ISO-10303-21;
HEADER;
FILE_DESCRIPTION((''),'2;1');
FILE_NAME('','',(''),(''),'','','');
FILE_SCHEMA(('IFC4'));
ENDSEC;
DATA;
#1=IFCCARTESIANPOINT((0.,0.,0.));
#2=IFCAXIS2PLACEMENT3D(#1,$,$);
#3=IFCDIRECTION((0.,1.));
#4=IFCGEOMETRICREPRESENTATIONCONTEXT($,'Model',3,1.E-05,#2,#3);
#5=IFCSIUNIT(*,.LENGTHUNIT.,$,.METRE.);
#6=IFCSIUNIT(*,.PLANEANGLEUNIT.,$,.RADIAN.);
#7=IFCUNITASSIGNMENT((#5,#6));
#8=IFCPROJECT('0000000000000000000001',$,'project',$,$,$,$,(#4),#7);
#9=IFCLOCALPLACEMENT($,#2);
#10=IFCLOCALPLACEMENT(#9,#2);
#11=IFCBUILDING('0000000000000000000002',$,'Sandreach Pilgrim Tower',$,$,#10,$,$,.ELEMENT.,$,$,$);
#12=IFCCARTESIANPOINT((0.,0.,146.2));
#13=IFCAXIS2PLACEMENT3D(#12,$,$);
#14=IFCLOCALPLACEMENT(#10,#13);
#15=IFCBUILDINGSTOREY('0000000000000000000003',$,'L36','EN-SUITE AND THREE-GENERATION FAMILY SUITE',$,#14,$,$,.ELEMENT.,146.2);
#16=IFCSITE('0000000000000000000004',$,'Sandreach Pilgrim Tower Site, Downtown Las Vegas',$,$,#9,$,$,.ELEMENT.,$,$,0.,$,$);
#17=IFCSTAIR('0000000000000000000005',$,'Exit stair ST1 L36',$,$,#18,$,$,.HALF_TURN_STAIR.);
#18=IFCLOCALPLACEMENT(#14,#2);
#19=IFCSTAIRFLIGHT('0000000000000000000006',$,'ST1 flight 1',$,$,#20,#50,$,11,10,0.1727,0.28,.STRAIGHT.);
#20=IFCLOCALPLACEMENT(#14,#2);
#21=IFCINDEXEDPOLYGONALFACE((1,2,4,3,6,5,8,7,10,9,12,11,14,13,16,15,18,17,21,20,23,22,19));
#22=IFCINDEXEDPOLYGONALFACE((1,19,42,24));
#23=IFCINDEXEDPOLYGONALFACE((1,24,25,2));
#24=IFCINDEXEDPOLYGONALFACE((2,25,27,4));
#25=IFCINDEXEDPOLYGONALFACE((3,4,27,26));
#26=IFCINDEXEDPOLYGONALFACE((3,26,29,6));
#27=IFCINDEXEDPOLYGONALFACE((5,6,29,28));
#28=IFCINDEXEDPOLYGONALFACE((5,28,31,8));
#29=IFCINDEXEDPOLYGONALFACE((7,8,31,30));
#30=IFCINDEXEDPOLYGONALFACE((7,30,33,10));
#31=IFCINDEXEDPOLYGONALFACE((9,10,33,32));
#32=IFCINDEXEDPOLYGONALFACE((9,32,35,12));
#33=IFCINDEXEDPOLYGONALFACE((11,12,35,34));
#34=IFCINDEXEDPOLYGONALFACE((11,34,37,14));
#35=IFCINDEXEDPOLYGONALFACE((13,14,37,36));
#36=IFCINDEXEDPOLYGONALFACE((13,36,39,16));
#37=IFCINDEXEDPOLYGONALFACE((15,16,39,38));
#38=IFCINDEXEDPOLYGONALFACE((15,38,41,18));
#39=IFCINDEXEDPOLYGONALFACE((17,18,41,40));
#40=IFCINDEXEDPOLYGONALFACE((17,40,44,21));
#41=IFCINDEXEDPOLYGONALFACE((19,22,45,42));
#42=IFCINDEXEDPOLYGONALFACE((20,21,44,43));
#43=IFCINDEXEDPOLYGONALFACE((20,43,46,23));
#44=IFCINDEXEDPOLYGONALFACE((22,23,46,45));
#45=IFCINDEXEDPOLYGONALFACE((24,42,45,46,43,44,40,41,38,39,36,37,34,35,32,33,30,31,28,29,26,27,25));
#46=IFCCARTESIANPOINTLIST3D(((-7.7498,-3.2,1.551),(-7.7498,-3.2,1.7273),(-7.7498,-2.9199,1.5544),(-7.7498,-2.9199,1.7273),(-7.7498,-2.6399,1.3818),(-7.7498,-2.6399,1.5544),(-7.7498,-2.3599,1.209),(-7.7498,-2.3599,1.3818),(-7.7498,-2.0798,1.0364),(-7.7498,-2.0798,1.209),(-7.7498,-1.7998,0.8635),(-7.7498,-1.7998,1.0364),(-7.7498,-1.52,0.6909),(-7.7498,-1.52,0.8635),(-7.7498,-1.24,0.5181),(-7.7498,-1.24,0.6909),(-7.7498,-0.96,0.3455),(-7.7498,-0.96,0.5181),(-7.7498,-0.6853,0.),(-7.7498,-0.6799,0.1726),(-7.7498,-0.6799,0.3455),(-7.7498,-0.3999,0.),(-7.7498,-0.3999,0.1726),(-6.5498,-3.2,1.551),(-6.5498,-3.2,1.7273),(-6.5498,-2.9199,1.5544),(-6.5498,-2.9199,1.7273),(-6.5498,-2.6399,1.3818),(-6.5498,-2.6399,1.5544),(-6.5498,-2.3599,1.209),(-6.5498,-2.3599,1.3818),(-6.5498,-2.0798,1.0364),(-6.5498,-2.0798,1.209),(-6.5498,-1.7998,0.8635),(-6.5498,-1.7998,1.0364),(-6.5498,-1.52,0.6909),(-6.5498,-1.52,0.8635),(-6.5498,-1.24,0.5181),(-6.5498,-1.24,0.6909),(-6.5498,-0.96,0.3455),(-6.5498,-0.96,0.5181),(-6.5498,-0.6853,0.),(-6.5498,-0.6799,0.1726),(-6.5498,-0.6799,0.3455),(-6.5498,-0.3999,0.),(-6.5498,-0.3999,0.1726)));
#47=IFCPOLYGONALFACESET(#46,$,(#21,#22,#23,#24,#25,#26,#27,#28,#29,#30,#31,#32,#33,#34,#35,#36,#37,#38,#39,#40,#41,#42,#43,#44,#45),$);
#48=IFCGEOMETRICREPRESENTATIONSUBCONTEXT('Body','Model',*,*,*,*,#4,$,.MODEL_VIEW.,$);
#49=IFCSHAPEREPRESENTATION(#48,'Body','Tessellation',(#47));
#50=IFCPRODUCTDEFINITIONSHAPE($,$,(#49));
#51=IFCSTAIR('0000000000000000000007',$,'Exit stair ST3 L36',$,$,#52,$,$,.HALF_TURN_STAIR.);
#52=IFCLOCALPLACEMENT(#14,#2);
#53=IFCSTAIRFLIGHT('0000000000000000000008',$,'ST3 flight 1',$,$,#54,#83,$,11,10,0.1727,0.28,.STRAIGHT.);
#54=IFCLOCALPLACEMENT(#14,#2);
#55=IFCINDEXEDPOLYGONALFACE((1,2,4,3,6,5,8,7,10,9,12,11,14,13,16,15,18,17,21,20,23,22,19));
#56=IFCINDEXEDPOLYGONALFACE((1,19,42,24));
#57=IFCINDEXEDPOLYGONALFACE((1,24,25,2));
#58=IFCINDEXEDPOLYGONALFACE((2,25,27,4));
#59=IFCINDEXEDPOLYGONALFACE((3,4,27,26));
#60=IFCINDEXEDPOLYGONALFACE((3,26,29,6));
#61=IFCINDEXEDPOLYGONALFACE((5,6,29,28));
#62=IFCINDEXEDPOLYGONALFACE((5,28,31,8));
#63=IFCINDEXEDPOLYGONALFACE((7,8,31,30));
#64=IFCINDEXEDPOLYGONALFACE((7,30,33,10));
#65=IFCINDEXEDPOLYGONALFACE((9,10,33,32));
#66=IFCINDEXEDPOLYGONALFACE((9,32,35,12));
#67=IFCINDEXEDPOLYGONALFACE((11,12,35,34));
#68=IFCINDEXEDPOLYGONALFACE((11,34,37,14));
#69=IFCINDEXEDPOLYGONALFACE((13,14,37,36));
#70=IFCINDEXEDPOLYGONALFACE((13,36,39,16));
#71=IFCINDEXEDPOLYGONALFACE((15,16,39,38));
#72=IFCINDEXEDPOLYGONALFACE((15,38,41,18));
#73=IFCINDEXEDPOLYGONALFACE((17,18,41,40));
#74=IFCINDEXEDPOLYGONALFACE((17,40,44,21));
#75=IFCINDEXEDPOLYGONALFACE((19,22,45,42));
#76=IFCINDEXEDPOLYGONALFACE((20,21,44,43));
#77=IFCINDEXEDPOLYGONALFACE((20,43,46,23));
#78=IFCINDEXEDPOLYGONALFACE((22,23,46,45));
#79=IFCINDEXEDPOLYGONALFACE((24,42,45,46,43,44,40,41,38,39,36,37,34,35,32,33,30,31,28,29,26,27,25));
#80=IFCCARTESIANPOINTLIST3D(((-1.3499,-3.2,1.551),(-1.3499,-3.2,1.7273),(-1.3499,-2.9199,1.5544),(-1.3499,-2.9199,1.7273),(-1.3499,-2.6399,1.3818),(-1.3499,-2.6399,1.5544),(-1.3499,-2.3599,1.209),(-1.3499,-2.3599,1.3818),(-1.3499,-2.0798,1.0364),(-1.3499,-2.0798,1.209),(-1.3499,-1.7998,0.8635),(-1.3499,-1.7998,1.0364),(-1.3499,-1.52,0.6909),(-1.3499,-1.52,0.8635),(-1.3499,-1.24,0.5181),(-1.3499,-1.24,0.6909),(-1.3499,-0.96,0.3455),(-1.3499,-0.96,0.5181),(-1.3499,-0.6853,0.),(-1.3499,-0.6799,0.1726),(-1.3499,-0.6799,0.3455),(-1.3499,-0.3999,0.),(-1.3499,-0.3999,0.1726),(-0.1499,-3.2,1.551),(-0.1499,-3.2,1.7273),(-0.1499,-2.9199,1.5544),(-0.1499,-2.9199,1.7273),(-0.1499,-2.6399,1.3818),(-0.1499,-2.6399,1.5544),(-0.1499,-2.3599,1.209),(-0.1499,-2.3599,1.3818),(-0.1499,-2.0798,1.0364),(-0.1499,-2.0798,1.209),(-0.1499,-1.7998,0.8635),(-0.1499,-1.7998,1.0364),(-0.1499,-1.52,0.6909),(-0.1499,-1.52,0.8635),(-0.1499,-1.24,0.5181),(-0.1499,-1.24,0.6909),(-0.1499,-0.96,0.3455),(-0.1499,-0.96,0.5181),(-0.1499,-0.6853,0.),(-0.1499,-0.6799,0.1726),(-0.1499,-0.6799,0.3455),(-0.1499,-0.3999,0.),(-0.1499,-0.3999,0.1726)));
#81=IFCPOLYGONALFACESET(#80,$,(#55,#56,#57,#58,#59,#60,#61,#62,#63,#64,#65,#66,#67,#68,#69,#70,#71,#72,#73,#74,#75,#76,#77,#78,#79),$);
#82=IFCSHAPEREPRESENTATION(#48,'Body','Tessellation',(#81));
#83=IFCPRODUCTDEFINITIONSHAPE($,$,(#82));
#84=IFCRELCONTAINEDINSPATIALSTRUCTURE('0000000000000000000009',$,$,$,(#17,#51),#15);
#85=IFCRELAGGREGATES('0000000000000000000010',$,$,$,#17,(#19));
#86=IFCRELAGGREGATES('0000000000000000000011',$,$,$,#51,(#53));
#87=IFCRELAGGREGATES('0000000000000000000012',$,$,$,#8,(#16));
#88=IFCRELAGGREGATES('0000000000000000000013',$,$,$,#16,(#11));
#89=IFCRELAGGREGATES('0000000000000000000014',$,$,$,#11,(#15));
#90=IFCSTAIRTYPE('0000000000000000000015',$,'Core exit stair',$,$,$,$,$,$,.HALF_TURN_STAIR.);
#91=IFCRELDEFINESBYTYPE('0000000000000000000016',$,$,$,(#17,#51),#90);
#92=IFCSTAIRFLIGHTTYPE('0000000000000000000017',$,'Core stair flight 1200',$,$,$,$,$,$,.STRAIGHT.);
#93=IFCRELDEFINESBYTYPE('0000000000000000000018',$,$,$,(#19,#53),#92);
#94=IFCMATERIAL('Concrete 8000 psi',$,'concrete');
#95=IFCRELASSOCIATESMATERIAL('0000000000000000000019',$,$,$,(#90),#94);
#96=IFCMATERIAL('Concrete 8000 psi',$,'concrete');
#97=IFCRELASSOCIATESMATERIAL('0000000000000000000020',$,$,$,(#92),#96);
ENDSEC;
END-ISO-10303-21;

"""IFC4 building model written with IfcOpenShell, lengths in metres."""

from ifc_helpers import new_model, si_unit, direction, frame, origin, place, context, subcontext, project, spatial, polyline, outline, extrude, material, type_object, element, aggregate, save


model = new_model("IFC4")

# Units and contexts
model_context = context("Model", 3, precision=1e-05, world=origin(), true_north=direction((0.0, 1.0)))
body_context = subcontext(model_context, "Body", "Model", "MODEL_VIEW")
ifc_project = project(units=[si_unit("LENGTHUNIT", "METRE"), si_unit("PLANEANGLEUNIT", "RADIAN")], contexts=[model_context])

# Site, building, storey
site_placement = place(None, origin())
site = spatial("IfcSite", under=ifc_project, at=site_placement, Name="Sandreach Pilgrim Tower Site, Downtown Las Vegas", CompositionType="ELEMENT", RefElevation=0.0)
building_placement = place(site_placement, origin())
building = spatial("IfcBuilding", under=site, at=building_placement, Name="Sandreach Pilgrim Tower", CompositionType="ELEMENT")
storey_placement = place(building_placement, frame((0.0, 0.0, 146.2)))
storey = spatial("IfcBuildingStorey", under=building, at=storey_placement, Name="L36", Description="EN-SUITE AND THREE-GENERATION FAMILY SUITE", CompositionType="ELEMENT", Elevation=146.2)

# Stairs, stair flights
ifc_material_1 = material(Name="Concrete 8000 psi", Category="concrete")
stair_type = type_object("IfcStairType", Name="Core exit stair", PredefinedType="HALF_TURN_STAIR", material=ifc_material_1)
stair_1_placement = place(storey_placement, origin())
stair_1 = element("IfcStair", 1, at=stair_1_placement, inside=storey, type_object=stair_type, Name="Exit stair ST1 L36", PredefinedType="HALF_TURN_STAIR")
ifc_material_2 = material(Name="Concrete 8000 psi", Category="concrete")
stair_flight_type = type_object("IfcStairFlightType", Name="Core stair flight 1200", PredefinedType="STRAIGHT", material=ifc_material_2)
stair_flight_1_placement = place(storey_placement, frame((-7.1499, -0.3999, 0.0), z_axis=(0.0, 0.0, 1.0), x_axis=(0.0, -1.0, 0.0)))
stair_flight_1 = element("IfcStairFlight", 2, at=stair_flight_1_placement, type_object=stair_flight_type, Name="ST1 flight 1", NumberOfRisers=11, NumberOfTreads=10, PredefinedType="STRAIGHT", RiserHeight=0.1727, TreadLength=0.28, context=body_context, shape_type="SweptSolid", body=[
    extrude(outline(polyline([(0.0, 0.0), (0.0, 0.1726), (0.28, 0.1726), (0.28, 0.3455), (0.5601, 0.3455), (0.5601, 0.5181), (0.8401, 0.5181), (0.8401, 0.6909), (1.1201, 0.6909), (1.1201, 0.8635), (1.3999, 0.8635), (1.3999, 1.0364), (1.6799, 1.0364), (1.6799, 1.209), (1.96, 1.209), (1.96, 1.3818), (2.24, 1.3818), (2.24, 1.5544), (2.52, 1.5544), (2.52, 1.7273), (2.8, 1.7273), (2.8, 1.8999), (2.8, 1.551), (0.2854, 0.0), (0.0, 0.0)])), frame((0.0, 0.6001, 0.0), z_axis=(0.0, -1.0, 0.0), x_axis=(1.0, 0.0, 0.0)), (0.0, 0.0, 1.0), 1.2),
])
aggregate(stair_1, [stair_flight_1])
stair_2_placement = place(storey_placement, origin())
stair_2 = element("IfcStair", 3, at=stair_2_placement, inside=storey, type_object=stair_type, Name="Exit stair ST3 L36", PredefinedType="HALF_TURN_STAIR")
stair_flight_2_placement = place(storey_placement, frame((-0.75, -0.3999, 0.0), z_axis=(0.0, 0.0, 1.0), x_axis=(0.0, -1.0, 0.0)))
stair_flight_2 = element("IfcStairFlight", 4, at=stair_flight_2_placement, type_object=stair_flight_type, Name="ST3 flight 1", NumberOfRisers=11, NumberOfTreads=10, PredefinedType="STRAIGHT", RiserHeight=0.1727, TreadLength=0.28, context=body_context, shape_type="SweptSolid", body=[
    extrude(outline(polyline([(0.0, 0.0), (0.0, 0.1726), (0.28, 0.1726), (0.28, 0.3455), (0.5601, 0.3455), (0.5601, 0.5181), (0.8401, 0.5181), (0.8401, 0.6909), (1.1201, 0.6909), (1.1201, 0.8635), (1.3999, 0.8635), (1.3999, 1.0364), (1.6799, 1.0364), (1.6799, 1.209), (1.96, 1.209), (1.96, 1.3818), (2.24, 1.3818), (2.24, 1.5544), (2.52, 1.5544), (2.52, 1.7273), (2.8, 1.7273), (2.8, 1.8999), (2.8, 1.551), (0.2854, 0.0), (0.0, 0.0)])), frame((0.0, 0.6001, 0.0), z_axis=(0.0, -1.0, 0.0), x_axis=(1.0, 0.0, 0.0)), (0.0, 0.0, 1.0), 1.2),
])
aggregate(stair_2, [stair_flight_2])

save(model, "model.ifc")
